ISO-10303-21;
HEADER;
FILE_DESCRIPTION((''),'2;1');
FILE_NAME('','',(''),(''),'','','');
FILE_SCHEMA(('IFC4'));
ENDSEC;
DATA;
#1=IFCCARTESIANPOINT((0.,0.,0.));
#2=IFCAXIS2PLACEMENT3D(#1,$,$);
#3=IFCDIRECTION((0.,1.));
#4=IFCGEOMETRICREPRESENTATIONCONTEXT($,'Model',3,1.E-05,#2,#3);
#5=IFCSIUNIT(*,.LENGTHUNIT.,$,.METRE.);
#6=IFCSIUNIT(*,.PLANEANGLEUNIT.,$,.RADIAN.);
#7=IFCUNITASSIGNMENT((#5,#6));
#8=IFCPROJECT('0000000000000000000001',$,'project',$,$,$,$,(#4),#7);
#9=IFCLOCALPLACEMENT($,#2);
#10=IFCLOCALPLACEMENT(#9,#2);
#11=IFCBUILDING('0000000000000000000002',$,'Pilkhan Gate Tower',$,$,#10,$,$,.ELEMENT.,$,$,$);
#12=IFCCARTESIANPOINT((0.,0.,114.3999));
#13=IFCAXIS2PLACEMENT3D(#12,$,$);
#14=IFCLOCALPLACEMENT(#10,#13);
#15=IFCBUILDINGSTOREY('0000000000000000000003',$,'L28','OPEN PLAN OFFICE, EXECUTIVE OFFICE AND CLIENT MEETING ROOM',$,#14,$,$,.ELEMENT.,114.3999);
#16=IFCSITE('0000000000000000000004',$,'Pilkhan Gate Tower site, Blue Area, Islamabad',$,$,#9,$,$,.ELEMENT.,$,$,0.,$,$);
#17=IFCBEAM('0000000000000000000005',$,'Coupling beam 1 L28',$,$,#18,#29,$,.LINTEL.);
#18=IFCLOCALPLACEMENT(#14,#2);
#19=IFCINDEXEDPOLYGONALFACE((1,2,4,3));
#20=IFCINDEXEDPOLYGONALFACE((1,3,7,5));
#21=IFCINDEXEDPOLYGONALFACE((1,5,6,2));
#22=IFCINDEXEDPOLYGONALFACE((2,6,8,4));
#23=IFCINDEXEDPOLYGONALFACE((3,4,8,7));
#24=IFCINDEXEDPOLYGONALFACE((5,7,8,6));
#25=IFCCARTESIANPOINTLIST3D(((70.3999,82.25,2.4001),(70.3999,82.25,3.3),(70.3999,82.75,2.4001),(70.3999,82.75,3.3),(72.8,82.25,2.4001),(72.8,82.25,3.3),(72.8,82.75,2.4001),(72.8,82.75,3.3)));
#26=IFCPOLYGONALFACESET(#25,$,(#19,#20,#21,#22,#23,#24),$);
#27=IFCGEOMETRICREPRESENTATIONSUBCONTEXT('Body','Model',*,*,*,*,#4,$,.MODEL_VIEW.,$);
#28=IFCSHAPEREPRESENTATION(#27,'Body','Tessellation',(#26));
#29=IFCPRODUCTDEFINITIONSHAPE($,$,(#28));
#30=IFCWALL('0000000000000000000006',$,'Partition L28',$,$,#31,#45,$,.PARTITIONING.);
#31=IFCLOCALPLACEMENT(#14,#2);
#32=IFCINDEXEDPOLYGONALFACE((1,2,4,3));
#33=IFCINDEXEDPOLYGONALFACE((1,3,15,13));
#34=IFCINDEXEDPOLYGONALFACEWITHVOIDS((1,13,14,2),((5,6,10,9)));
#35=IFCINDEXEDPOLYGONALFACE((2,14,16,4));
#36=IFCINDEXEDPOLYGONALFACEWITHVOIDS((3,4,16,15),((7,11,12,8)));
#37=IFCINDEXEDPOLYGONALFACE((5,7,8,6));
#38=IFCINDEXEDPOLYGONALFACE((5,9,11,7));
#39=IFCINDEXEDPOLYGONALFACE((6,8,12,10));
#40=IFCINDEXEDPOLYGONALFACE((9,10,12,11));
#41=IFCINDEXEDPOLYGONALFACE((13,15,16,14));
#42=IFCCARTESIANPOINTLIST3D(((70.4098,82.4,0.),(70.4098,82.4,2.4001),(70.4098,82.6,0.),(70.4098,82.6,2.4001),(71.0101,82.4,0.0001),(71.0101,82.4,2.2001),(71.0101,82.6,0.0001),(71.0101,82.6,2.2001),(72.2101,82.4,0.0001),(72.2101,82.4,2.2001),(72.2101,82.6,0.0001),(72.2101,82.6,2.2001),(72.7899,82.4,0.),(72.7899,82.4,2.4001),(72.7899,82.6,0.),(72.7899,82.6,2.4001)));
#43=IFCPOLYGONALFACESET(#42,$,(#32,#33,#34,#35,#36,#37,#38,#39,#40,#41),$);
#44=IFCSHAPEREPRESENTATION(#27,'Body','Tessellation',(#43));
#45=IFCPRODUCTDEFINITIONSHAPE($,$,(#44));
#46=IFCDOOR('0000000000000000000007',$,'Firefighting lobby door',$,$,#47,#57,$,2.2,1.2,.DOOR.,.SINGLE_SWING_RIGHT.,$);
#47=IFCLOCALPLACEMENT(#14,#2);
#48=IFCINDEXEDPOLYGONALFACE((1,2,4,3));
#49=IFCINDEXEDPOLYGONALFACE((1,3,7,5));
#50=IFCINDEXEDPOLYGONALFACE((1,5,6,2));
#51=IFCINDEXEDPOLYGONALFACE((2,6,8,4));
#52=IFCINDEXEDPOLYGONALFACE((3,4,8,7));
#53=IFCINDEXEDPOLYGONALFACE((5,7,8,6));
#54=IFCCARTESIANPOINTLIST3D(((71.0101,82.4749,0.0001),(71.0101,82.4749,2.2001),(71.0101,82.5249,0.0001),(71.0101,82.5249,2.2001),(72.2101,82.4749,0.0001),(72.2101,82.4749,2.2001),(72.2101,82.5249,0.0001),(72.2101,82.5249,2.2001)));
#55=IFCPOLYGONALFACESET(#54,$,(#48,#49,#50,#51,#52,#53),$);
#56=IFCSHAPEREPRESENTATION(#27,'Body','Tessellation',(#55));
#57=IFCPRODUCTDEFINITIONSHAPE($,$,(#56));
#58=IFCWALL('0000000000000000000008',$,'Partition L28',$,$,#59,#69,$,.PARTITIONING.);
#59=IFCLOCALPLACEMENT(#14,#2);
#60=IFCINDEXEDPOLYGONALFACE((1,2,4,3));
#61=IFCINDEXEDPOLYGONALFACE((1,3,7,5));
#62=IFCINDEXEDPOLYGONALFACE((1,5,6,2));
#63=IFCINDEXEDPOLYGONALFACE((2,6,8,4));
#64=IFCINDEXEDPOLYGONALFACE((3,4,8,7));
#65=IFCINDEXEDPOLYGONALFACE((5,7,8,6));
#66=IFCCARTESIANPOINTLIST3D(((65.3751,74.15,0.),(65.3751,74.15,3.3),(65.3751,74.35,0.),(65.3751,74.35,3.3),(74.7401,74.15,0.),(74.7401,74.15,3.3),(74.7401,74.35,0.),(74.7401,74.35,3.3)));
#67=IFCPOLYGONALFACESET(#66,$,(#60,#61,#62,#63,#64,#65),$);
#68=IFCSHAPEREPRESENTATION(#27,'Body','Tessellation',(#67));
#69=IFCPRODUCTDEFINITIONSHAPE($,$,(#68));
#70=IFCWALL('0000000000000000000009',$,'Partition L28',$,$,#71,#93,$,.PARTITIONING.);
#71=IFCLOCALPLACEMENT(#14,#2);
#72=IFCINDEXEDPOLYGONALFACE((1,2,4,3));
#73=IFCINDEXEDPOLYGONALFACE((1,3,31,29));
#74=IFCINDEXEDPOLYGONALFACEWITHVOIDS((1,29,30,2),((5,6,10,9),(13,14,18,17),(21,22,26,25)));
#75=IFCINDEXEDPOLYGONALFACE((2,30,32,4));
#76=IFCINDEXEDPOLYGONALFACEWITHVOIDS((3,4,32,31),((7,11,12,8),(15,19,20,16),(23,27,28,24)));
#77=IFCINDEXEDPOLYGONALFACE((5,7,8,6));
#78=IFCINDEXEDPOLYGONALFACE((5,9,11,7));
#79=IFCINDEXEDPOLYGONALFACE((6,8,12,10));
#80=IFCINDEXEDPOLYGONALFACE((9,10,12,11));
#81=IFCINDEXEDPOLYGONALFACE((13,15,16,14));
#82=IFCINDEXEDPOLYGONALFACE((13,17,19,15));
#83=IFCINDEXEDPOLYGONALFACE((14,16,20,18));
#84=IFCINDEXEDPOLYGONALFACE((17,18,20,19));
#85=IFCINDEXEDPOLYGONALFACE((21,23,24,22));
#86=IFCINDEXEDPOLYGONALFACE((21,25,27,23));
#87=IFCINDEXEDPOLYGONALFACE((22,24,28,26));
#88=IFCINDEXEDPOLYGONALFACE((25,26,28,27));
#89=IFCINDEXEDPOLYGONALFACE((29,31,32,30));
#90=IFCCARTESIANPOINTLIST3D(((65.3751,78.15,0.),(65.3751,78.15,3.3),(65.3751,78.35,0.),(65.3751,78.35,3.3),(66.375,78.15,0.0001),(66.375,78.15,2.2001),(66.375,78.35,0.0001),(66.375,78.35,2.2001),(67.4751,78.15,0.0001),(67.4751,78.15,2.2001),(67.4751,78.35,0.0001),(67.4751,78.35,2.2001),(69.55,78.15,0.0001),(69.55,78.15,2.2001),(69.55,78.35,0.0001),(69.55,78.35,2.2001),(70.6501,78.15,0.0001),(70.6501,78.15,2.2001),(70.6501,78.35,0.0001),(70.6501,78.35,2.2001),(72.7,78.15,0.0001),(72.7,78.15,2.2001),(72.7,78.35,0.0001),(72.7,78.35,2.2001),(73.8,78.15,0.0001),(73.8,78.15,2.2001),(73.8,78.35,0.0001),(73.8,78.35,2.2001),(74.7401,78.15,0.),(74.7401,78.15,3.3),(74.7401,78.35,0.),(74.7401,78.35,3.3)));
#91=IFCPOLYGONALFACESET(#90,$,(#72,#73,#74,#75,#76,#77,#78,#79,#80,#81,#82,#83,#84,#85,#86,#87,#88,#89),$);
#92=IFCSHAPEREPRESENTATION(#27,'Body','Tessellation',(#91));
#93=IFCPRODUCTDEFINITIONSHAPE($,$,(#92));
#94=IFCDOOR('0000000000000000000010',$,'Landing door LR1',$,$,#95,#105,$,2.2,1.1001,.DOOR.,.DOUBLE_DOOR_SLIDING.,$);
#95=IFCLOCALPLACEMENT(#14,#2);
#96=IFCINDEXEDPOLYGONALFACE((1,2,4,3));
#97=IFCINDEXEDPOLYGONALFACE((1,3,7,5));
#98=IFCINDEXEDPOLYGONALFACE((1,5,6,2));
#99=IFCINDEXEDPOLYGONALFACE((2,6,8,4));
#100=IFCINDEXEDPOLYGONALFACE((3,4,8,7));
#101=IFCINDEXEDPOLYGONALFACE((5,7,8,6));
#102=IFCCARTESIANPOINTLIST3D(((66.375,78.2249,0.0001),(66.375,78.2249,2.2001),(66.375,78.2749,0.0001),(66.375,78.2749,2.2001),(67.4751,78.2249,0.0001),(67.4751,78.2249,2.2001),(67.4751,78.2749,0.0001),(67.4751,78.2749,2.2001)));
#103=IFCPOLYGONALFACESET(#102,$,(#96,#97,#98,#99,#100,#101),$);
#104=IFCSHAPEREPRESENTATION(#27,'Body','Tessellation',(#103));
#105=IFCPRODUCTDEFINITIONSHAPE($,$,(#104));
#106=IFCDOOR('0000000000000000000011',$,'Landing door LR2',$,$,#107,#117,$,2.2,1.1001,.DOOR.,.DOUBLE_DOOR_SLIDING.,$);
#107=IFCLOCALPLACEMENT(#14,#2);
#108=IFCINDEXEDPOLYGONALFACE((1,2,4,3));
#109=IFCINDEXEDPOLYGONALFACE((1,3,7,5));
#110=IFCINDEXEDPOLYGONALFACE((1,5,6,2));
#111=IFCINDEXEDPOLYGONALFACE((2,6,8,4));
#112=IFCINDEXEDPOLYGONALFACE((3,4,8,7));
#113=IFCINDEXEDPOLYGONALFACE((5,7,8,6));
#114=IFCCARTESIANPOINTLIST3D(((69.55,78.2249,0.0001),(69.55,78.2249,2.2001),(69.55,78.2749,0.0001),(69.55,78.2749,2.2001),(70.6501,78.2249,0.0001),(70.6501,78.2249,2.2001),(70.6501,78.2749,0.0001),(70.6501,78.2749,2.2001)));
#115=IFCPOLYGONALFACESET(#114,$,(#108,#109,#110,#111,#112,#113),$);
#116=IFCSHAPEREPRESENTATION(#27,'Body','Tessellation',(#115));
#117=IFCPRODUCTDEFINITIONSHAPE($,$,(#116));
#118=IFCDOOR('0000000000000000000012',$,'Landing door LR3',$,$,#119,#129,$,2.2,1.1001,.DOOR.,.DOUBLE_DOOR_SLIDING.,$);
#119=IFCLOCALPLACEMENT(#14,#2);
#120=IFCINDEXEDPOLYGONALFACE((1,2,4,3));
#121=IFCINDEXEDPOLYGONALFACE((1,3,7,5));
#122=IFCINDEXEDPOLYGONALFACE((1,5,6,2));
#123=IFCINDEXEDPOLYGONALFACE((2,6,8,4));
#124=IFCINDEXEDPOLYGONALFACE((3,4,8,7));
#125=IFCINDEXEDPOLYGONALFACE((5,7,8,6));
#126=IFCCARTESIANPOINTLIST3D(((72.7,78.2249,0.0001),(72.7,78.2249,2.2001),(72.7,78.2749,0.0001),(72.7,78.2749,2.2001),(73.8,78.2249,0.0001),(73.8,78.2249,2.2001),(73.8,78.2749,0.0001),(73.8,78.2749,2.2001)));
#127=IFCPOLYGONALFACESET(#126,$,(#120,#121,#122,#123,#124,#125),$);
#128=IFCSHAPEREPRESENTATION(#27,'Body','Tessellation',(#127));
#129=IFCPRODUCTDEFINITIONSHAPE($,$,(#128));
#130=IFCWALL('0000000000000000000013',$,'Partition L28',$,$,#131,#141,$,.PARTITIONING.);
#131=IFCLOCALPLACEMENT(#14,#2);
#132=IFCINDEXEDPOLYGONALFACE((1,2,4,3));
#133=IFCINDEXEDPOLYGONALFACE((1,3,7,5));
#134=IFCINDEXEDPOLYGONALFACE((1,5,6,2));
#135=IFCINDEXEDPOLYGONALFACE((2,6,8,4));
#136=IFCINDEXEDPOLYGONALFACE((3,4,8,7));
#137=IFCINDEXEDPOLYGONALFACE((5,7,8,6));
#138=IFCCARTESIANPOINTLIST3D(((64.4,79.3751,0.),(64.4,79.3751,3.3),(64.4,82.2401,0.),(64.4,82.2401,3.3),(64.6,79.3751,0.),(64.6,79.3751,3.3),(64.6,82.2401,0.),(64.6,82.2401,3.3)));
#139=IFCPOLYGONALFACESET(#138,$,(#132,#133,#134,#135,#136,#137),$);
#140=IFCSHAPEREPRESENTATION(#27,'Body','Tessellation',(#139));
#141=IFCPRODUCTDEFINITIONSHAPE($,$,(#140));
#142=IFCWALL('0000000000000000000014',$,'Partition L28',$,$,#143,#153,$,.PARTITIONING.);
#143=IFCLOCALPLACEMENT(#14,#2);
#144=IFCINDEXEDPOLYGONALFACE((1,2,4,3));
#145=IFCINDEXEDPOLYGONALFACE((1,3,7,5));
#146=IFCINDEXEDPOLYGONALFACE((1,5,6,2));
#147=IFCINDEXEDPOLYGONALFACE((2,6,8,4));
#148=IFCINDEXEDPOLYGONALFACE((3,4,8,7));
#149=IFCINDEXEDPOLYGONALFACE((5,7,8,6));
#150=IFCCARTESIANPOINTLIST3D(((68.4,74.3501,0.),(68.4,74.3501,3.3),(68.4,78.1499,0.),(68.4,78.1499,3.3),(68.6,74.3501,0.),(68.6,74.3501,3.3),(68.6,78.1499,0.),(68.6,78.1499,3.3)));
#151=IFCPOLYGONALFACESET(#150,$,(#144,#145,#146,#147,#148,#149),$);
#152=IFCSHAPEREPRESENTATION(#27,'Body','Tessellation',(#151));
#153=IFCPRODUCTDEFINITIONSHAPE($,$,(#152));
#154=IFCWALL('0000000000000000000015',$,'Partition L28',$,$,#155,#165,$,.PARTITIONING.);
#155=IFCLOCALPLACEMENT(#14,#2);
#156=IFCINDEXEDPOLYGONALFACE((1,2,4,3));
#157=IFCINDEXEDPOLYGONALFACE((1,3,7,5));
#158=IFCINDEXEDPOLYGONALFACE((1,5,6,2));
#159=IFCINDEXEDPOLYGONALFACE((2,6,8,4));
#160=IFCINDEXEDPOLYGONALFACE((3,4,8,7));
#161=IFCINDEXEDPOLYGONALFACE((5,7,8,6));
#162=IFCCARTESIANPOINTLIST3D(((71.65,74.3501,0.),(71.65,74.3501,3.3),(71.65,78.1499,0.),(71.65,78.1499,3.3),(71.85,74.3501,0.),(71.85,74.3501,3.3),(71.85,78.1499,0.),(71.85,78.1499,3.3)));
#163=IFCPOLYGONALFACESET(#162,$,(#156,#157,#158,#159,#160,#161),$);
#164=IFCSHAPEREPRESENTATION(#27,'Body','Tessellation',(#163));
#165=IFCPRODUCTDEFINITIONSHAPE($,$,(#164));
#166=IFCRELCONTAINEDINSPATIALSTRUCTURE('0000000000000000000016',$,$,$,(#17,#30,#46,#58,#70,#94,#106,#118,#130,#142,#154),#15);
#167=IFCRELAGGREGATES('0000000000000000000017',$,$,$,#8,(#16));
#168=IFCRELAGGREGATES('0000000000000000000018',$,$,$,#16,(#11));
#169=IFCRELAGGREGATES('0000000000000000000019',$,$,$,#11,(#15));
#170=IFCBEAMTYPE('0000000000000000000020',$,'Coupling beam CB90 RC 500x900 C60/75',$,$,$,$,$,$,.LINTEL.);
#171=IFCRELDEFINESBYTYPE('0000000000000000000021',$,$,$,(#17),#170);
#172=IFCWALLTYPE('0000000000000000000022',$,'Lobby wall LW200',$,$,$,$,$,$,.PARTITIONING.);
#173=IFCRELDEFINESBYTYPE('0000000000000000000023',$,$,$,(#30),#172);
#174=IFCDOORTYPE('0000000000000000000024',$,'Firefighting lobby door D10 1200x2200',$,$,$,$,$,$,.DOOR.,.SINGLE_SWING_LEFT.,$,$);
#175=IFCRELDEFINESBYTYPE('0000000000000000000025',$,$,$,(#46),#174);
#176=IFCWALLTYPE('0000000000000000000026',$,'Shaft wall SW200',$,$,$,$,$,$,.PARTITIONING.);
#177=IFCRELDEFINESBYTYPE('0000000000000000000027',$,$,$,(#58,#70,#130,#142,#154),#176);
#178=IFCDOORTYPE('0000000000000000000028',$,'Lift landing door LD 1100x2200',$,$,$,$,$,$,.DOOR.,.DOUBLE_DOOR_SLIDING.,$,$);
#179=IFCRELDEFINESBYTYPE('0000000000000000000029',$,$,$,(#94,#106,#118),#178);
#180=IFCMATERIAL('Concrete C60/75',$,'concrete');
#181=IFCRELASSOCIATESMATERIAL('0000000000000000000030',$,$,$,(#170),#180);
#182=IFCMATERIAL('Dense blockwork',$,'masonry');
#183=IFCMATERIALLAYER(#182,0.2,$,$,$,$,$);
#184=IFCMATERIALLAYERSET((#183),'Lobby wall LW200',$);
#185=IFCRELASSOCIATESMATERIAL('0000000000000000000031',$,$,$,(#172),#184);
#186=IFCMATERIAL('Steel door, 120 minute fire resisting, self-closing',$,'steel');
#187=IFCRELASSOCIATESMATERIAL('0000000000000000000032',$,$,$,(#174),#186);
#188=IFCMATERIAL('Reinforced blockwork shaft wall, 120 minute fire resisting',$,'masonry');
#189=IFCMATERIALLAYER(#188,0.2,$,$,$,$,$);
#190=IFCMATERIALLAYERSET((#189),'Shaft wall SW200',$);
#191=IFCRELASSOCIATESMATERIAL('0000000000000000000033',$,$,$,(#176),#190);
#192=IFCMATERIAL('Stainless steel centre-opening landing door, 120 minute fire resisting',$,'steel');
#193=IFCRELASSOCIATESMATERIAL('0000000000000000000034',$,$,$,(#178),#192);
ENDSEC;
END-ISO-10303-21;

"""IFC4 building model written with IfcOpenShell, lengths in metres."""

from ifc_helpers import new_model, si_unit, direction, frame, frame_2d, origin, origin_2d, place, context, subcontext, project, spatial, rectangle, extrude, material, layer, layer_set, material_profile, profile_set, type_object, element, fill, save


model = new_model("IFC4")

# Units and contexts
model_context = context("Model", 3, precision=1e-05, world=origin(), true_north=direction((0.0, 1.0)))
body_context = subcontext(model_context, "Body", "Model", "MODEL_VIEW")
ifc_project = project(units=[si_unit("LENGTHUNIT", "METRE"), si_unit("PLANEANGLEUNIT", "RADIAN")], contexts=[model_context])

# Site, building, storey
site_placement = place(None, origin())
site = spatial("IfcSite", under=ifc_project, at=site_placement, Name="Pilkhan Gate Tower site, Blue Area, Islamabad", CompositionType="ELEMENT", RefElevation=0.0)
building_placement = place(site_placement, origin())
building = spatial("IfcBuilding", under=site, at=building_placement, Name="Pilkhan Gate Tower", CompositionType="ELEMENT")
storey_placement = place(building_placement, frame((0.0, 0.0, 114.3999)))
storey = spatial("IfcBuildingStorey", under=building, at=storey_placement, Name="L28", Description="OPEN PLAN OFFICE, EXECUTIVE OFFICE AND CLIENT MEETING ROOM", CompositionType="ELEMENT", Elevation=114.3999)

# Beam
ifc_material_1 = material(Name="Concrete C60/75", Category="concrete")
ifc_material_profile = material_profile(ifc_material_1, rectangle(XDim=0.5, YDim=0.8999, at=origin_2d()), Name="RC 500x900")
ifc_profile_set = profile_set([ifc_material_profile], Name="Concrete C60/75")
beam_type = type_object("IfcBeamType", Name="Coupling beam CB90 RC 500x900 C60/75", PredefinedType="LINTEL", material=ifc_profile_set)
beam_placement = place(storey_placement, frame((70.3999, 82.5, 2.8501), z_axis=(1.0, 0.0, 0.0), x_axis=(0.0, 1.0, 0.0)))
element("IfcBeam", 1, at=beam_placement, inside=storey, type_object=beam_type, Name="Coupling beam 1 L28", PredefinedType="LINTEL", context=body_context, shape_type="SweptSolid", body=[
    extrude(rectangle(XDim=0.5, YDim=0.8999, at=origin_2d()), origin(), (0.0, 0.0, 1.0), 2.4001),
])

# Wall, opening, door
ifc_material_2 = material(Name="Dense blockwork", Category="masonry")
ifc_layer_1 = layer(ifc_material_2, 0.2)
ifc_layer_set_1 = layer_set([ifc_layer_1], Name="Lobby wall LW200")
wall_type_1 = type_object("IfcWallType", Name="Lobby wall LW200", PredefinedType="PARTITIONING", material=ifc_layer_set_1)
wall_1_placement = place(storey_placement, frame((70.4099, 82.5, 0.0), z_axis=(0.0, 0.0, 1.0), x_axis=(1.0, 0.0, 0.0)))
wall_1 = element("IfcWall", 2, at=wall_1_placement, inside=storey, type_object=wall_type_1, Name="Partition L28", PredefinedType="PARTITIONING", context=body_context, shape_type="SweptSolid", body=[
    extrude(rectangle(XDim=2.3801, YDim=0.2, at=frame_2d((1.1899, 0.0))), origin(), (0.0, 0.0, 1.0), 2.4001),
])
opening_1_placement = place(wall_1_placement, frame((0.6001, 0.0, 0.0)))
opening_1 = element("IfcOpeningElement", 3, at=opening_1_placement, cuts=wall_1, PredefinedType="OPENING", context=body_context, shape_type="SweptSolid", body=[
    extrude(rectangle(XDim=1.2, YDim=2.2, at=frame_2d((0.6001, 1.1001))), frame((0.0, 0.1099, 0.0), z_axis=(0.0, -1.0, 0.0), x_axis=(1.0, 0.0, 0.0)), (0.0, 0.0, 1.0), 0.22),
])
ifc_material_3 = material(Name="Steel door, 120 minute fire resisting, self-closing", Category="steel")
door_type_1 = type_object("IfcDoorType", Name="Firefighting lobby door D10 1200x2200", OperationType="SINGLE_SWING_LEFT", PredefinedType="DOOR", material=ifc_material_3)
door_1_placement = place(opening_1_placement, origin())
door_1 = element("IfcDoor", 4, at=door_1_placement, inside=storey, type_object=door_type_1, Name="Firefighting lobby door", OperationType="SINGLE_SWING_RIGHT", OverallHeight=2.2, OverallWidth=1.2, PredefinedType="DOOR", context=body_context, shape_type="SweptSolid", body=[
    extrude(rectangle(XDim=1.2, YDim=2.2, at=frame_2d((0.6001, 1.1001))), frame((0.0, 0.0249, 0.0), z_axis=(0.0, -1.0, 0.0), x_axis=(1.0, 0.0, 0.0)), (0.0, 0.0, 1.0), 0.05),
])
fill(opening_1, door_1)

# Wall
ifc_material_4 = material(Name="Reinforced blockwork shaft wall, 120 minute fire resisting", Category="masonry")
ifc_layer_2 = layer(ifc_material_4, 0.2)
ifc_layer_set_2 = layer_set([ifc_layer_2], Name="Shaft wall SW200")
wall_type_2 = type_object("IfcWallType", Name="Shaft wall SW200", PredefinedType="PARTITIONING", material=ifc_layer_set_2)
wall_2_placement = place(storey_placement, frame((65.375, 74.25, 0.0), z_axis=(0.0, 0.0, 1.0), x_axis=(1.0, 0.0, 0.0)))
element("IfcWall", 5, at=wall_2_placement, inside=storey, type_object=wall_type_2, Name="Partition L28", PredefinedType="PARTITIONING", context=body_context, shape_type="SweptSolid", body=[
    extrude(rectangle(XDim=9.365, YDim=0.2, at=frame_2d((4.6826, 0.0))), origin(), (0.0, 0.0, 1.0), 3.3),
])

# Wall, openings, doors
wall_3_placement = place(storey_placement, frame((65.375, 78.25, 0.0), z_axis=(0.0, 0.0, 1.0), x_axis=(1.0, 0.0, 0.0)))
wall_3 = element("IfcWall", 6, at=wall_3_placement, inside=storey, type_object=wall_type_2, Name="Partition L28", PredefinedType="PARTITIONING", context=body_context, shape_type="SweptSolid", body=[
    extrude(rectangle(XDim=9.365, YDim=0.2, at=frame_2d((4.6826, 0.0))), origin(), (0.0, 0.0, 1.0), 3.3),
])
opening_2_placement = place(wall_3_placement, frame((1.0, 0.0, 0.0)))
opening_2 = element("IfcOpeningElement", 7, at=opening_2_placement, cuts=wall_3, PredefinedType="OPENING", context=body_context, shape_type="SweptSolid", body=[
    extrude(rectangle(XDim=1.1001, YDim=2.2, at=frame_2d((0.55, 1.1001))), frame((0.0, 0.1099, 0.0), z_axis=(0.0, -1.0, 0.0), x_axis=(1.0, 0.0, 0.0)), (0.0, 0.0, 1.0), 0.22),
])
opening_3_placement = place(wall_3_placement, frame((4.175, 0.0, 0.0)))
opening_3 = element("IfcOpeningElement", 8, at=opening_3_placement, cuts=wall_3, PredefinedType="OPENING", context=body_context, shape_type="SweptSolid", body=[
    extrude(rectangle(XDim=1.1001, YDim=2.2, at=frame_2d((0.55, 1.1001))), frame((0.0, 0.1099, 0.0), z_axis=(0.0, -1.0, 0.0), x_axis=(1.0, 0.0, 0.0)), (0.0, 0.0, 1.0), 0.22),
])
opening_4_placement = place(wall_3_placement, frame((7.325, 0.0, 0.0)))
opening_4 = element("IfcOpeningElement", 9, at=opening_4_placement, cuts=wall_3, PredefinedType="OPENING", context=body_context, shape_type="SweptSolid", body=[
    extrude(rectangle(XDim=1.1001, YDim=2.2, at=frame_2d((0.55, 1.1001))), frame((0.0, 0.1099, 0.0), z_axis=(0.0, -1.0, 0.0), x_axis=(1.0, 0.0, 0.0)), (0.0, 0.0, 1.0), 0.22),
])
ifc_material_5 = material(Name="Stainless steel centre-opening landing door, 120 minute fire resisting", Category="steel")
door_type_2 = type_object("IfcDoorType", Name="Lift landing door LD 1100x2200", OperationType="DOUBLE_DOOR_SLIDING", PredefinedType="DOOR", material=ifc_material_5)
door_2_placement = place(opening_2_placement, origin())
door_2 = element("IfcDoor", 10, at=door_2_placement, inside=storey, type_object=door_type_2, Name="Landing door LR1", OperationType="DOUBLE_DOOR_SLIDING", OverallHeight=2.2, OverallWidth=1.1001, PredefinedType="DOOR", context=body_context, shape_type="SweptSolid", body=[
    extrude(rectangle(XDim=1.1001, YDim=2.2, at=frame_2d((0.55, 1.1001))), frame((0.0, 0.0249, 0.0), z_axis=(0.0, -1.0, 0.0), x_axis=(1.0, 0.0, 0.0)), (0.0, 0.0, 1.0), 0.05),
])
fill(opening_2, door_2)
door_3_placement = place(opening_3_placement, origin())
door_3 = element("IfcDoor", 11, at=door_3_placement, inside=storey, type_object=door_type_2, Name="Landing door LR2", OperationType="DOUBLE_DOOR_SLIDING", OverallHeight=2.2, OverallWidth=1.1001, PredefinedType="DOOR", context=body_context, shape_type="SweptSolid", body=[
    extrude(rectangle(XDim=1.1001, YDim=2.2, at=frame_2d((0.55, 1.1001))), frame((0.0, 0.0249, 0.0), z_axis=(0.0, -1.0, 0.0), x_axis=(1.0, 0.0, 0.0)), (0.0, 0.0, 1.0), 0.05),
])
fill(opening_3, door_3)
door_4_placement = place(opening_4_placement, origin())
door_4 = element("IfcDoor", 12, at=door_4_placement, inside=storey, type_object=door_type_2, Name="Landing door LR3", OperationType="DOUBLE_DOOR_SLIDING", OverallHeight=2.2, OverallWidth=1.1001, PredefinedType="DOOR", context=body_context, shape_type="SweptSolid", body=[
    extrude(rectangle(XDim=1.1001, YDim=2.2, at=frame_2d((0.55, 1.1001))), frame((0.0, 0.0249, 0.0), z_axis=(0.0, -1.0, 0.0), x_axis=(1.0, 0.0, 0.0)), (0.0, 0.0, 1.0), 0.05),
])
fill(opening_4, door_4)

# Walls
wall_4_placement = place(storey_placement, frame((64.5, 79.375, 0.0), z_axis=(0.0, 0.0, 1.0), x_axis=(0.0, 1.0, 0.0)))
element("IfcWall", 13, at=wall_4_placement, inside=storey, type_object=wall_type_2, Name="Partition L28", PredefinedType="PARTITIONING", context=body_context, shape_type="SweptSolid", body=[
    extrude(rectangle(XDim=2.865, YDim=0.2, at=frame_2d((1.4326, 0.0))), origin(), (0.0, 0.0, 1.0), 3.3),
])
for number, where, z_axis, x_axis, name in (
    (14, (68.5, 74.3501, 0.0), (0.0, 0.0, 1.0), (0.0, 1.0, 0.0), "Partition L28"),
    (15, (71.75, 74.3501, 0.0), (0.0, 0.0, 1.0), (0.0, 1.0, 0.0), "Partition L28"),
):
    element("IfcWall", number, at=place(storey_placement, frame(where, z_axis=z_axis, x_axis=x_axis)), inside=storey, type_object=wall_type_2, Name=name, PredefinedType="PARTITIONING", context=body_context, shape_type="SweptSolid", body=[
        extrude(rectangle(XDim=3.7998, YDim=0.2, at=frame_2d((1.8999, 0.0))), origin(), (0.0, 0.0, 1.0), 3.3),
    ])

save(model, "model.ifc")
